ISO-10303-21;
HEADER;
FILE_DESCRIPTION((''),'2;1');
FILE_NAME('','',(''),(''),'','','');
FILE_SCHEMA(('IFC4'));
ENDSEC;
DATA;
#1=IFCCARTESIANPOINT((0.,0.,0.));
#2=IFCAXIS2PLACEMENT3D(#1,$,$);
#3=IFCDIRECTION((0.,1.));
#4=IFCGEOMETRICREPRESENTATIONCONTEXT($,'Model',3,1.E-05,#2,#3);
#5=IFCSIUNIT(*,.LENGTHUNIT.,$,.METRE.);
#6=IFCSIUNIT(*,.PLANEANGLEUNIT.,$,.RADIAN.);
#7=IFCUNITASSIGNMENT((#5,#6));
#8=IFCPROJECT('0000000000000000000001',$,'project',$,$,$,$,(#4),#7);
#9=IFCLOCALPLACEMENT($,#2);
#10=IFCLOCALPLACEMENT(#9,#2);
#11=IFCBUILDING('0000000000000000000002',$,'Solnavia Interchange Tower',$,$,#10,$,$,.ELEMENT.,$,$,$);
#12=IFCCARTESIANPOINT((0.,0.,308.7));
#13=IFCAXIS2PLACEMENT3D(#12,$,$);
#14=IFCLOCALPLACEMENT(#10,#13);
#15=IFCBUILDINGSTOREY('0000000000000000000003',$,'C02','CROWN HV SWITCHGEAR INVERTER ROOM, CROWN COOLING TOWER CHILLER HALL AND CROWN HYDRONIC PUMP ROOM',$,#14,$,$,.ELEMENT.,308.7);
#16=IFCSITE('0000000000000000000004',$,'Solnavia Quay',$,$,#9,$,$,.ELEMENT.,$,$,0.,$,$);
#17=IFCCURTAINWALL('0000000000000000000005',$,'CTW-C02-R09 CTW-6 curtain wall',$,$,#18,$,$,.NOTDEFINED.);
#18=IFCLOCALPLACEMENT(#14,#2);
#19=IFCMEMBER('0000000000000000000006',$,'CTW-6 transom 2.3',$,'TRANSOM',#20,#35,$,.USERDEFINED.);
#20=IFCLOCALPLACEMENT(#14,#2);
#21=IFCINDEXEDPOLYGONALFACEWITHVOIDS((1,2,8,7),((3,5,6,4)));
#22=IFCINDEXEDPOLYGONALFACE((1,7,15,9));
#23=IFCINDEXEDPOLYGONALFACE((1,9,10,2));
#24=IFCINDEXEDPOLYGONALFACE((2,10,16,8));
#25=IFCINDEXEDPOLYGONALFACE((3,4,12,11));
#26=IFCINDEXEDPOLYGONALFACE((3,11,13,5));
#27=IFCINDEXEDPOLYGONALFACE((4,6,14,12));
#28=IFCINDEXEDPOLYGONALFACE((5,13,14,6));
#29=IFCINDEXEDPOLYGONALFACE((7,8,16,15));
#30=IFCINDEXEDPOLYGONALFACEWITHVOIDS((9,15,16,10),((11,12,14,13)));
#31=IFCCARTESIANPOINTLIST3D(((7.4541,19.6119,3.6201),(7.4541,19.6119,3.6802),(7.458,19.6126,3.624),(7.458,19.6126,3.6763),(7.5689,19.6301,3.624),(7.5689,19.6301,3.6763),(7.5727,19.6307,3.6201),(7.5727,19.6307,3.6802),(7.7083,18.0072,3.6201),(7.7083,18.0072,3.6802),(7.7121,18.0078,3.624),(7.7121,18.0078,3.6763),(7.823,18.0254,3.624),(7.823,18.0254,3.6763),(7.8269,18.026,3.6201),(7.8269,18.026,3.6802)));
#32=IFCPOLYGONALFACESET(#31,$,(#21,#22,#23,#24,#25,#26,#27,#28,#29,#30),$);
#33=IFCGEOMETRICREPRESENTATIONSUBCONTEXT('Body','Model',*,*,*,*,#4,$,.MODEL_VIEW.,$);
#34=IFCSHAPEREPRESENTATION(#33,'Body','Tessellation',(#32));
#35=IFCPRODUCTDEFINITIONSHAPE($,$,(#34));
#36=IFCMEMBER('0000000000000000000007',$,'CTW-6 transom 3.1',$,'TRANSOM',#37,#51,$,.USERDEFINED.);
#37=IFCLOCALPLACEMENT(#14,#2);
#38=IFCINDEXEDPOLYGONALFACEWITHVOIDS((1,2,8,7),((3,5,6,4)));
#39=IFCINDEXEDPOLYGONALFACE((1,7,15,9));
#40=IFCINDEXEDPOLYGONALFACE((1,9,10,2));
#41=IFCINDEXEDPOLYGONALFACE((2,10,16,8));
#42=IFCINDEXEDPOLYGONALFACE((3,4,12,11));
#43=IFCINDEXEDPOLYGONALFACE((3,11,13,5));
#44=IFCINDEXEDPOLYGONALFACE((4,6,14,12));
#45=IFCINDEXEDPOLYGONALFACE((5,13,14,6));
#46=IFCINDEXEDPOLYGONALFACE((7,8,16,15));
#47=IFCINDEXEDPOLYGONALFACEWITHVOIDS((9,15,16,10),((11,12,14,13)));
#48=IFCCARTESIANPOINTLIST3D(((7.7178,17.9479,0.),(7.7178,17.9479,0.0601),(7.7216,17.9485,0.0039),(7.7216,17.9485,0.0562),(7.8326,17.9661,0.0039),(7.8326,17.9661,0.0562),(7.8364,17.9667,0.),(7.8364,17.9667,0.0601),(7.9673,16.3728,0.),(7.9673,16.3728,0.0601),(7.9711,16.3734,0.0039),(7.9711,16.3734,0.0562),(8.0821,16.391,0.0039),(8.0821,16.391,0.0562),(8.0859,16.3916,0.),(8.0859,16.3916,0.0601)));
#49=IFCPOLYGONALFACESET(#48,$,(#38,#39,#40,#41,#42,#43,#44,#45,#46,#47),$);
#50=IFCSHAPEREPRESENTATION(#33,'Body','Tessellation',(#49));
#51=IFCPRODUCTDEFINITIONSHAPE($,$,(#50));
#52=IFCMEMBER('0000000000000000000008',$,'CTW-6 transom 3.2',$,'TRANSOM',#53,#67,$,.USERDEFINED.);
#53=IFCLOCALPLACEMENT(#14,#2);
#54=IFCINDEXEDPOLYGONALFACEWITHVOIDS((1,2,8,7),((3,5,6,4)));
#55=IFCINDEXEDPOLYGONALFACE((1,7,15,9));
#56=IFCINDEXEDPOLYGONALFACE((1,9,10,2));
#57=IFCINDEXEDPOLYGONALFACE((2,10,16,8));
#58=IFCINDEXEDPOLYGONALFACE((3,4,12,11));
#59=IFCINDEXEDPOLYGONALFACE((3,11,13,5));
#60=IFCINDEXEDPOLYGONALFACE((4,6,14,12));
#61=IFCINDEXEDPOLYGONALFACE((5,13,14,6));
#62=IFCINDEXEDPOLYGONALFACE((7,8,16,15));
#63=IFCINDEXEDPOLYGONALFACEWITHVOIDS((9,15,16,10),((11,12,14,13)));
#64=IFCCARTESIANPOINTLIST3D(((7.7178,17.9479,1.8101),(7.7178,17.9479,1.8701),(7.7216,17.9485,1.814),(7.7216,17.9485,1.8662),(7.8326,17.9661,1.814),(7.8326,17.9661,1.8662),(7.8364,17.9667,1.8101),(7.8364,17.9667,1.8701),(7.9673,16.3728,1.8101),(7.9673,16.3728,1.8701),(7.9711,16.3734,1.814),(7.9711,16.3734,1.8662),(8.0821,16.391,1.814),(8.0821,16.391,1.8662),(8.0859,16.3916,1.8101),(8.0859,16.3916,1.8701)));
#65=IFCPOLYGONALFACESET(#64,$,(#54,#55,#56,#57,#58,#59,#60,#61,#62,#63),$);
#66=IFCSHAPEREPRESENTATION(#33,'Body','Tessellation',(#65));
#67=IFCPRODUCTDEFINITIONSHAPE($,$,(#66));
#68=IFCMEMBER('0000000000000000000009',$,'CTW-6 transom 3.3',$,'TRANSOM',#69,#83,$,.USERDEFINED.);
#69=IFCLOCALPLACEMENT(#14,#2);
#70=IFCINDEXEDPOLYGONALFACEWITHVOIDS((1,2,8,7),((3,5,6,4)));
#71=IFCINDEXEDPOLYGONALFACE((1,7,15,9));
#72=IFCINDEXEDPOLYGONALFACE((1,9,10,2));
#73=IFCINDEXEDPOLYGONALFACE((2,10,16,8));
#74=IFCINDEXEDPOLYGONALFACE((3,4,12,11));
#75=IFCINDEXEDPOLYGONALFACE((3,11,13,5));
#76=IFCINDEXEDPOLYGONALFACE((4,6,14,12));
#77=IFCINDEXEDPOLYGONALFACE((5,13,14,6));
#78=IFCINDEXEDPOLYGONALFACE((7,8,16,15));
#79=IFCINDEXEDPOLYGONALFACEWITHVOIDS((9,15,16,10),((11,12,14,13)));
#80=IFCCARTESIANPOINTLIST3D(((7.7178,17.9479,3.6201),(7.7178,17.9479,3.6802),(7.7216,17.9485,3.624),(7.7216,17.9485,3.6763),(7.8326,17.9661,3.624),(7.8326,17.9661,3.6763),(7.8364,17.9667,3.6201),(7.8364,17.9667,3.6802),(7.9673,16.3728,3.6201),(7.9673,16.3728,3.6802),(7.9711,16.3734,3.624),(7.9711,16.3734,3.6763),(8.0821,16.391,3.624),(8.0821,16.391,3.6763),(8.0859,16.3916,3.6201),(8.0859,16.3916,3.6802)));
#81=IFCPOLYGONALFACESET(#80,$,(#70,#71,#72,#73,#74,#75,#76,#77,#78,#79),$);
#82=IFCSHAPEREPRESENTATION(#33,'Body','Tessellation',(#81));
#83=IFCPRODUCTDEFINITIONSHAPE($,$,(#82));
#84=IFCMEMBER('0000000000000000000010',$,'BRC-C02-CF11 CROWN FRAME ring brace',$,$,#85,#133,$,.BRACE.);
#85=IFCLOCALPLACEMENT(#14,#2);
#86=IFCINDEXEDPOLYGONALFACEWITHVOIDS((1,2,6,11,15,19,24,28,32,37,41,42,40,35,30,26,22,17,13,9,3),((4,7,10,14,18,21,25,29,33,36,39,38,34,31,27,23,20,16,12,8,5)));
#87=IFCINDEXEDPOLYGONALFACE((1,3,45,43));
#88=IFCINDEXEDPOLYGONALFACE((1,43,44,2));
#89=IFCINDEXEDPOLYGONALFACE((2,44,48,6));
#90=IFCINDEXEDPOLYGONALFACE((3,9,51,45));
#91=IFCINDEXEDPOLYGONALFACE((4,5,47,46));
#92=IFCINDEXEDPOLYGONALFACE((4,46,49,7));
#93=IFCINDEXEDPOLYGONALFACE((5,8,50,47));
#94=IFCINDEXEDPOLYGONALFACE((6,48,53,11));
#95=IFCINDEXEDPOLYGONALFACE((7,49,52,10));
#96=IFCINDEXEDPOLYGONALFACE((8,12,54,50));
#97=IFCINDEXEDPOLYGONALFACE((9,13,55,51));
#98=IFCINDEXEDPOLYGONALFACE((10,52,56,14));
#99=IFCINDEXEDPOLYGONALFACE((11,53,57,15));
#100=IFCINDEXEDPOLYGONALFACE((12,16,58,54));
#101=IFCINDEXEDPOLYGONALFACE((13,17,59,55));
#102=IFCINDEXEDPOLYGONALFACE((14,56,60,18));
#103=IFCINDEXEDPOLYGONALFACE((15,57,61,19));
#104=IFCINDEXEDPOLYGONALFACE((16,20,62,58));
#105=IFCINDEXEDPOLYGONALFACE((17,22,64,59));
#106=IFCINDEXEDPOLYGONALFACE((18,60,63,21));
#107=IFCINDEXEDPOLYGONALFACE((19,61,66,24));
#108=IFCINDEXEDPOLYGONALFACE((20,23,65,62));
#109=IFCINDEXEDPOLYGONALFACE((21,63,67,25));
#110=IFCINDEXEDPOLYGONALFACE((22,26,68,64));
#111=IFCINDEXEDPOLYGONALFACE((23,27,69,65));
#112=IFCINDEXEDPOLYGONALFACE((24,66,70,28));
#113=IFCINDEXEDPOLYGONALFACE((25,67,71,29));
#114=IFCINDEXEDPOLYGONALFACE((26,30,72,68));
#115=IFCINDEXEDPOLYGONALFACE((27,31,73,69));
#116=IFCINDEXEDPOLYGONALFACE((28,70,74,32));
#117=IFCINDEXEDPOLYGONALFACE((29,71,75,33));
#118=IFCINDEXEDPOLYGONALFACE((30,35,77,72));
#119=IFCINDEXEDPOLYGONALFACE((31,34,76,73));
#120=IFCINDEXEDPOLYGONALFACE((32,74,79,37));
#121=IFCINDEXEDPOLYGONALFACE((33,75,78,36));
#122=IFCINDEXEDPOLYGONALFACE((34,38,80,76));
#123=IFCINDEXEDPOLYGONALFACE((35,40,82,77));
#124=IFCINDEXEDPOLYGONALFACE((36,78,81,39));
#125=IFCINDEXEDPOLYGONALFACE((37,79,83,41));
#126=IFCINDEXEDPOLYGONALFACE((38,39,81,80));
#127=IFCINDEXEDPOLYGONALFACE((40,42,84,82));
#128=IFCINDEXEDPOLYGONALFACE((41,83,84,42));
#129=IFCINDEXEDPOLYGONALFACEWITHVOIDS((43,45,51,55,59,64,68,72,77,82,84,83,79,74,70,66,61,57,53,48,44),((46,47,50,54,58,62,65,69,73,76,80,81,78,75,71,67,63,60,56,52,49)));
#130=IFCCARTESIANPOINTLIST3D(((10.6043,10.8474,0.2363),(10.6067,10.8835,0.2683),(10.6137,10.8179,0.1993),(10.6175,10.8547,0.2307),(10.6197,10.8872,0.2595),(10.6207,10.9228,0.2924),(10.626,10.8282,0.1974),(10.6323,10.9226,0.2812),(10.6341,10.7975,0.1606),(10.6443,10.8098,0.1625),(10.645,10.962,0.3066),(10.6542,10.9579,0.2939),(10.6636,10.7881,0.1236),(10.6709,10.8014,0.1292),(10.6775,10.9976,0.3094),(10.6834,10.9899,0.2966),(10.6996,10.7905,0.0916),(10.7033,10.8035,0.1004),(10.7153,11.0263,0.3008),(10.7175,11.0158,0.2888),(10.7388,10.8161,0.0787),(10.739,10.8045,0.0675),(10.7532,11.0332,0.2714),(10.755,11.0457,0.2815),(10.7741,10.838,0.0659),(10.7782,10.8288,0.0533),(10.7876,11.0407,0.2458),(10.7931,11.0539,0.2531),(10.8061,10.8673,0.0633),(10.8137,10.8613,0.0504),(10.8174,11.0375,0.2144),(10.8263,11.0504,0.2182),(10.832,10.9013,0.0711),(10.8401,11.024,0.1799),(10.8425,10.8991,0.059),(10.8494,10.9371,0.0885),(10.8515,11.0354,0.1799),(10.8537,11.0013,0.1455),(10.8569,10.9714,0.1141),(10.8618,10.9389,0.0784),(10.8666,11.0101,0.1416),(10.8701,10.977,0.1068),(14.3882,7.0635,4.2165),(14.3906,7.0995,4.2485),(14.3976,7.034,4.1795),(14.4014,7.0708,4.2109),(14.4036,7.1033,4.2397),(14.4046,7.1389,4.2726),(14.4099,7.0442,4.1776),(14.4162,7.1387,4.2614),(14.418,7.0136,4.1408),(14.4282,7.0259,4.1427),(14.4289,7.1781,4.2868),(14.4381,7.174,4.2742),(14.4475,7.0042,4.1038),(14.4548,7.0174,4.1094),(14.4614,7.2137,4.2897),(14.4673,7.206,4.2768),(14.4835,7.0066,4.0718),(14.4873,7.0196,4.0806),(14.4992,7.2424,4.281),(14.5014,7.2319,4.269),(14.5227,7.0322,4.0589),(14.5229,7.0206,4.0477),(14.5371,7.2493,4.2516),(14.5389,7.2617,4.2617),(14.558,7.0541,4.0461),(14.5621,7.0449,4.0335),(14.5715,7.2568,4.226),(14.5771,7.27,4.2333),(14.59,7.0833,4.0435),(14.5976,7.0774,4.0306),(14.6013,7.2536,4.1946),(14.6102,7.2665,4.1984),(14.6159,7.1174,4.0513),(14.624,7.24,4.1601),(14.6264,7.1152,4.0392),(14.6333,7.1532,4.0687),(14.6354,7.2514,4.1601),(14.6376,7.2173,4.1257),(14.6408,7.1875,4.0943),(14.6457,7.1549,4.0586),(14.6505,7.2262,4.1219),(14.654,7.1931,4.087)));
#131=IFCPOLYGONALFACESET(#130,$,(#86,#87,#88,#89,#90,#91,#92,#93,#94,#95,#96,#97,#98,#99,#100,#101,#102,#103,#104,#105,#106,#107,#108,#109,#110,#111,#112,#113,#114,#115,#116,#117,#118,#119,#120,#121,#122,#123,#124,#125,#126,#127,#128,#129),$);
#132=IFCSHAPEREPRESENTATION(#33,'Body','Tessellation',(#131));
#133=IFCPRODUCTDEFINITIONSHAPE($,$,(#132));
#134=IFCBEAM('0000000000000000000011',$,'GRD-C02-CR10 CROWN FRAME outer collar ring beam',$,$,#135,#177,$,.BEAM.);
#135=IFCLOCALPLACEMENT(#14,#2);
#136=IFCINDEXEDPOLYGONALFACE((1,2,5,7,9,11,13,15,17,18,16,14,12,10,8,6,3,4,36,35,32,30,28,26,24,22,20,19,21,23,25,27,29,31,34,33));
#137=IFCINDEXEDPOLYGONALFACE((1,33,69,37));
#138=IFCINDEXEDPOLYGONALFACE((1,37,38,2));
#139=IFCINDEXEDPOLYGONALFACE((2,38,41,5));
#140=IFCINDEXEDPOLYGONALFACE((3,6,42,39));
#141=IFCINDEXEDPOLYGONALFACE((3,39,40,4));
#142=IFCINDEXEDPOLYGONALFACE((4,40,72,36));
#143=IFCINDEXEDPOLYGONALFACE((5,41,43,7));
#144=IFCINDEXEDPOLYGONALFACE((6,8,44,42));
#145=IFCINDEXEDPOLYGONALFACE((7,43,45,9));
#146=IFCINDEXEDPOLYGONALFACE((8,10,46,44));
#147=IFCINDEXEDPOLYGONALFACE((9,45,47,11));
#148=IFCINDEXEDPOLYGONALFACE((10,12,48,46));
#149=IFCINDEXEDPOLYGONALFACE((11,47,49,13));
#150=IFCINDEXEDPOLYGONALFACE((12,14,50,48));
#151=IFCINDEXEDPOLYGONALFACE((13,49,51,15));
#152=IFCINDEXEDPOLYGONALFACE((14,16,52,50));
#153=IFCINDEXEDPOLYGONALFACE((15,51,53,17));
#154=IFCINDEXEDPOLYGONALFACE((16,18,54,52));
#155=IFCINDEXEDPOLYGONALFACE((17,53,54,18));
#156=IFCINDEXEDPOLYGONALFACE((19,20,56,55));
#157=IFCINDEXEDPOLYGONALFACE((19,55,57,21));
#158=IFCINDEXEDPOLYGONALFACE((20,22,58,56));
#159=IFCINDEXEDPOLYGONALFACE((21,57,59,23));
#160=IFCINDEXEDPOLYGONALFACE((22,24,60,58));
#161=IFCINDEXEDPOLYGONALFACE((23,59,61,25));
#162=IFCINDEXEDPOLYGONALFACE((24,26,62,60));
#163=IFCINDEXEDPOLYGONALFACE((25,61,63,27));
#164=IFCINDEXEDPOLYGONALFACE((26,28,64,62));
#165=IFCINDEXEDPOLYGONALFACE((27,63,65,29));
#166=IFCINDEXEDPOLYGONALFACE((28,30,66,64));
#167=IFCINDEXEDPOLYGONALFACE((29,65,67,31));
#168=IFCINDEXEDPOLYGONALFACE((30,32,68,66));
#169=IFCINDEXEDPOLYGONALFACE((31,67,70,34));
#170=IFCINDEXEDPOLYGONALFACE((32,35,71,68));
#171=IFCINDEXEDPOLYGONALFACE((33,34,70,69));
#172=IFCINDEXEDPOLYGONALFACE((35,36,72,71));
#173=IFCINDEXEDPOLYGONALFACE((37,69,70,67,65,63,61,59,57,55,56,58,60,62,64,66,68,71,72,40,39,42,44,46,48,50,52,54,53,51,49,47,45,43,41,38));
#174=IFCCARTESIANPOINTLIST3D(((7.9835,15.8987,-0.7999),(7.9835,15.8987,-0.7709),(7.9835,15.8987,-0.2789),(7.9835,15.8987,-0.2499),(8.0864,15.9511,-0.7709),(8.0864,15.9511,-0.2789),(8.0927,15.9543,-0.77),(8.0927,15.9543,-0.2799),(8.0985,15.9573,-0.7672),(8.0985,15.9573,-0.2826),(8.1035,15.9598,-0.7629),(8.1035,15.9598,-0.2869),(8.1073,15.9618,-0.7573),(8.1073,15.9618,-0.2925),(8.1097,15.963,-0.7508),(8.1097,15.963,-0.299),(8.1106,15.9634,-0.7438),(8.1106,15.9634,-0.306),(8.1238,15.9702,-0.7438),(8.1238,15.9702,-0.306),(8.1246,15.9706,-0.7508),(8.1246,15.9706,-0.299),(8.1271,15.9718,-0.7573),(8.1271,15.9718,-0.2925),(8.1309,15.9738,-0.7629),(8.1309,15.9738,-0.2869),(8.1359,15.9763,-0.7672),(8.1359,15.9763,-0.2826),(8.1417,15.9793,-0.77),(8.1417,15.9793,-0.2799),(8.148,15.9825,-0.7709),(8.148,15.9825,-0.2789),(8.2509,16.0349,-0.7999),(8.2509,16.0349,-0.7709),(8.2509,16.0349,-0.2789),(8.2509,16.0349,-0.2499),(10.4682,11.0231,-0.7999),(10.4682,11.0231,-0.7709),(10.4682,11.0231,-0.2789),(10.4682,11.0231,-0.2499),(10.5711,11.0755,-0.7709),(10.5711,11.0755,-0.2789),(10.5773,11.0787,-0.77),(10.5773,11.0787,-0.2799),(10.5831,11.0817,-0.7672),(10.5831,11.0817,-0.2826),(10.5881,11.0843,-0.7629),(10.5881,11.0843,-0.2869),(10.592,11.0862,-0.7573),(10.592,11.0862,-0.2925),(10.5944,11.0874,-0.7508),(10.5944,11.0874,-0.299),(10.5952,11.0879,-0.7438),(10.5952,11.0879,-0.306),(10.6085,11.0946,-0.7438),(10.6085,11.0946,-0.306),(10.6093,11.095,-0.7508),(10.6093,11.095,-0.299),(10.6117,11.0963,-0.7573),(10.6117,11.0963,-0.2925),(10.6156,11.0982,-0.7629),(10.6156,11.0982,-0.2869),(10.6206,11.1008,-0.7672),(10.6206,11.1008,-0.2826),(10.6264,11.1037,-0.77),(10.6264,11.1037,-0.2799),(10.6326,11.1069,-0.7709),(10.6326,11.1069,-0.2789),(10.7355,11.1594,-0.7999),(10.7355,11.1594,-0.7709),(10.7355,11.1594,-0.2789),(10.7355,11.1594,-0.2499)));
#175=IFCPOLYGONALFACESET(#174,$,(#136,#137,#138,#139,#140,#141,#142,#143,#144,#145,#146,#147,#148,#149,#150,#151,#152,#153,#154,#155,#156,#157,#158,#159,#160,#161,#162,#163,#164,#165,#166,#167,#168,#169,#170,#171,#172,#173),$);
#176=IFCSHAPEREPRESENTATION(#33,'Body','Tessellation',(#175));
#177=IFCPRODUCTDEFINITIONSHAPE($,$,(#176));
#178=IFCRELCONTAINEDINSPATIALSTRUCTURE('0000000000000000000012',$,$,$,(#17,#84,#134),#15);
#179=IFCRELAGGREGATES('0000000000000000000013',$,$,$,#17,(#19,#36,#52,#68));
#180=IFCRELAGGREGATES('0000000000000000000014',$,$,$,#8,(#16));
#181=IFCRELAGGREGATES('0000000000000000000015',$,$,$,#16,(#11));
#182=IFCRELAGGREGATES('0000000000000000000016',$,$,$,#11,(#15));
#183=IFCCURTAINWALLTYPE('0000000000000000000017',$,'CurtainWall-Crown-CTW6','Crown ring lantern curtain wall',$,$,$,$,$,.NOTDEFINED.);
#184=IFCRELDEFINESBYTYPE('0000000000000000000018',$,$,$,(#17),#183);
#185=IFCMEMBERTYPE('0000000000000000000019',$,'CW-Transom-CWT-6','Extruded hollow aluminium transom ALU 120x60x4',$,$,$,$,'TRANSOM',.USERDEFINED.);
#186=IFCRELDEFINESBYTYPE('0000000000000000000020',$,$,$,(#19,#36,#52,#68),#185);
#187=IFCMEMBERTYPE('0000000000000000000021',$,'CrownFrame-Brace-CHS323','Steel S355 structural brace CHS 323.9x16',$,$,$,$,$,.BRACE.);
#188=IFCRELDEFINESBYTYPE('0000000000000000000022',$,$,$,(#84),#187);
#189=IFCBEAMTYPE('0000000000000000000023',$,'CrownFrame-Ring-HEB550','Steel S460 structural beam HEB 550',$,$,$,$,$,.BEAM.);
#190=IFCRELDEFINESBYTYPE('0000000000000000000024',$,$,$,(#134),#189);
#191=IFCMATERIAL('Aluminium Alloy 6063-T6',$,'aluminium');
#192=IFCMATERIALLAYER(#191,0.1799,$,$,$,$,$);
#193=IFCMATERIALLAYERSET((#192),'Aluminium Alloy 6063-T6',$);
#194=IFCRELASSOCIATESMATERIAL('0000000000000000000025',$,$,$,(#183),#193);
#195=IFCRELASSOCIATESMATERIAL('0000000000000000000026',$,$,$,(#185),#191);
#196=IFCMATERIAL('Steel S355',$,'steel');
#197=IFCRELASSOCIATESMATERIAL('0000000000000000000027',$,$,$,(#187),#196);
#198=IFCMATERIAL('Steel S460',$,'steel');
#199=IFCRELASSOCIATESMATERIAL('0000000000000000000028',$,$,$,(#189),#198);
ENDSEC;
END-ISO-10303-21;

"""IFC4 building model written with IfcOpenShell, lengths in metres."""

from ifc_helpers import new_model, si_unit, direction, frame, origin, origin_2d, place, context, subcontext, project, spatial, hollow_rectangle, hollow_circle, i_section, extrude, material, layer, layer_set, material_profile, profile_set, type_object, element, aggregate, save


model = new_model("IFC4")

# Units and contexts
model_context = context("Model", 3, precision=1e-05, world=origin(), true_north=direction((0.0, 1.0)))
body_context = subcontext(model_context, "Body", "Model", "MODEL_VIEW")
ifc_project = project(units=[si_unit("LENGTHUNIT", "METRE"), si_unit("PLANEANGLEUNIT", "RADIAN")], contexts=[model_context])

# Site, building, storey
site_placement = place(None, origin())
site = spatial("IfcSite", under=ifc_project, at=site_placement, Name="Solnavia Quay", CompositionType="ELEMENT", RefElevation=0.0)
building_placement = place(site_placement, origin())
building = spatial("IfcBuilding", under=site, at=building_placement, Name="Solnavia Interchange Tower", CompositionType="ELEMENT")
storey_placement = place(building_placement, frame((0.0, 0.0, 308.7)))
storey = spatial("IfcBuildingStorey", under=building, at=storey_placement, Name="C02", Description="CROWN HV SWITCHGEAR INVERTER ROOM, CROWN COOLING TOWER CHILLER HALL AND CROWN HYDRONIC PUMP ROOM", CompositionType="ELEMENT", Elevation=308.7)

# Shared definitions
ifc_material_1 = material(Name="Steel S460", Category="steel")

# Curtain wall, members
ifc_material_2 = material(Name="Aluminium Alloy 6063-T6", Category="aluminium")
ifc_layer_1 = layer(ifc_material_2, 0.1799)
ifc_layer_set_1 = layer_set([ifc_layer_1], Name="Aluminium Alloy 6063-T6")
curtain_wall_type = type_object("IfcCurtainWallType", Name="CurtainWall-Crown-CTW6", Description="Crown ring lantern curtain wall", PredefinedType="NOTDEFINED", material=ifc_layer_set_1)
curtain_wall_placement = place(storey_placement, origin())
curtain_wall = element("IfcCurtainWall", 1, at=curtain_wall_placement, inside=storey, type_object=curtain_wall_type, Name="CTW-C02-R09 CTW-6 curtain wall", PredefinedType="NOTDEFINED")
ifc_material_profile_1 = material_profile(ifc_material_2, hollow_rectangle(XDim=0.0601, YDim=0.1201, WallThickness=0.0039, at=origin_2d()), Name="ALU 120x60x4")
ifc_profile_set_1 = profile_set([ifc_material_profile_1], Name="Aluminium Alloy 6063-T6")
member_type_1 = type_object("IfcMemberType", Name="CW-Transom-CWT-6", Description="Extruded hollow aluminium transom ALU 120x60x4", ElementType="TRANSOM", PredefinedType="USERDEFINED", material=ifc_profile_set_1)
member_1_placement = place(storey_placement, frame((7.5134, 19.6213, 3.6501), z_axis=(0.156426, -0.98769, 0.0), x_axis=(0.0, 0.0, 1.0)))
member_1 = element("IfcMember", 2, at=member_1_placement, type_object=member_type_1, Name="CTW-6 transom 2.3", ObjectType="TRANSOM", PredefinedType="USERDEFINED", context=body_context, shape_type="SweptSolid", body=[
    extrude(hollow_rectangle(XDim=0.0601, YDim=0.1201, WallThickness=0.0039, at=origin_2d()), origin(), (0.0, 0.0, 1.0), 1.6248),
])
member_2_placement = place(storey_placement, frame((7.7771, 17.9573, 0.03), z_axis=(0.15645, -0.987686, 0.0), x_axis=(0.0, 0.0, 1.0)))
member_2 = element("IfcMember", 3, at=member_2_placement, type_object=member_type_1, Name="CTW-6 transom 3.1", ObjectType="TRANSOM", PredefinedType="USERDEFINED", context=body_context, shape_type="SweptSolid", body=[
    extrude(hollow_rectangle(XDim=0.0601, YDim=0.1201, WallThickness=0.0039, at=origin_2d()), origin(), (0.0, 0.0, 1.0), 1.5947),
])
member_3_placement = place(storey_placement, frame((7.7771, 17.9573, 1.8401), z_axis=(0.15645, -0.987686, 0.0), x_axis=(0.0, 0.0, 1.0)))
member_3 = element("IfcMember", 4, at=member_3_placement, type_object=member_type_1, Name="CTW-6 transom 3.2", ObjectType="TRANSOM", PredefinedType="USERDEFINED", context=body_context, shape_type="SweptSolid", body=[
    extrude(hollow_rectangle(XDim=0.0601, YDim=0.1201, WallThickness=0.0039, at=origin_2d()), origin(), (0.0, 0.0, 1.0), 1.5947),
])
member_4_placement = place(storey_placement, frame((7.7771, 17.9573, 3.6501), z_axis=(0.15645, -0.987686, 0.0), x_axis=(0.0, 0.0, 1.0)))
member_4 = element("IfcMember", 5, at=member_4_placement, type_object=member_type_1, Name="CTW-6 transom 3.3", ObjectType="TRANSOM", PredefinedType="USERDEFINED", context=body_context, shape_type="SweptSolid", body=[
    extrude(hollow_rectangle(XDim=0.0601, YDim=0.1201, WallThickness=0.0039, at=origin_2d()), origin(), (0.0, 0.0, 1.0), 1.5947),
])

# Member
ifc_material_3 = material(Name="Steel S355", Category="steel")
ifc_material_profile_2 = material_profile(ifc_material_3, hollow_circle(Radius=0.1619, WallThickness=0.0161, at=origin_2d()), Name="CHS 323.9x16")
ifc_profile_set_2 = profile_set([ifc_material_profile_2], Name="Steel S355")
member_type_2 = type_object("IfcMemberType", Name="CrownFrame-Brace-CHS323", Description="Steel S355 structural brace CHS 323.9x16", PredefinedType="BRACE", material=ifc_profile_set_2)
member_5_placement = place(storey_placement, frame((10.7371, 10.9209, 0.1799), z_axis=(0.567373, -0.567373, 0.596805), x_axis=(0.707107, 0.707107, 0.0)))
element("IfcMember", 6, at=member_5_placement, inside=storey, type_object=member_type_2, Name="BRC-C02-CF11 CROWN FRAME ring brace", PredefinedType="BRACE", context=body_context, shape_type="SweptSolid", body=[
    extrude(hollow_circle(Radius=0.1619, WallThickness=0.0161, at=origin_2d()), origin(), (0.0, 0.0, 1.0), 6.6692),
])

# Beam
ifc_material_profile_3 = material_profile(ifc_material_1, i_section(OverallWidth=0.3, OverallDepth=0.55, WebThickness=0.0149, FlangeThickness=0.0291, FilletRadius=0.0271, at=origin_2d()), Name="HEB 550")
ifc_profile_set_3 = profile_set([ifc_material_profile_3], Name="Steel S460")
beam_type = type_object("IfcBeamType", Name="CrownFrame-Ring-HEB550", Description="Steel S460 structural beam HEB 550", PredefinedType="BEAM", material=ifc_profile_set_3)
beam_1_placement = place(storey_placement, frame((8.1172, 15.9668, -0.5249), z_axis=(0.454053, -0.890974, 0.0), x_axis=(0.890974, 0.454053, 0.0)))
element("IfcBeam", 7, at=beam_1_placement, inside=storey, type_object=beam_type, Name="GRD-C02-CR10 CROWN FRAME outer collar ring beam", PredefinedType="BEAM", context=body_context, shape_type="SweptSolid", body=[
    extrude(i_section(OverallWidth=0.3, OverallDepth=0.55, WebThickness=0.0149, FlangeThickness=0.0291, FilletRadius=0.0271, at=origin_2d()), origin(), (0.0, 0.0, 1.0), 5.4722),
])

aggregate(curtain_wall, [member_1, member_2, member_3, member_4])

save(model, "model.ifc")
